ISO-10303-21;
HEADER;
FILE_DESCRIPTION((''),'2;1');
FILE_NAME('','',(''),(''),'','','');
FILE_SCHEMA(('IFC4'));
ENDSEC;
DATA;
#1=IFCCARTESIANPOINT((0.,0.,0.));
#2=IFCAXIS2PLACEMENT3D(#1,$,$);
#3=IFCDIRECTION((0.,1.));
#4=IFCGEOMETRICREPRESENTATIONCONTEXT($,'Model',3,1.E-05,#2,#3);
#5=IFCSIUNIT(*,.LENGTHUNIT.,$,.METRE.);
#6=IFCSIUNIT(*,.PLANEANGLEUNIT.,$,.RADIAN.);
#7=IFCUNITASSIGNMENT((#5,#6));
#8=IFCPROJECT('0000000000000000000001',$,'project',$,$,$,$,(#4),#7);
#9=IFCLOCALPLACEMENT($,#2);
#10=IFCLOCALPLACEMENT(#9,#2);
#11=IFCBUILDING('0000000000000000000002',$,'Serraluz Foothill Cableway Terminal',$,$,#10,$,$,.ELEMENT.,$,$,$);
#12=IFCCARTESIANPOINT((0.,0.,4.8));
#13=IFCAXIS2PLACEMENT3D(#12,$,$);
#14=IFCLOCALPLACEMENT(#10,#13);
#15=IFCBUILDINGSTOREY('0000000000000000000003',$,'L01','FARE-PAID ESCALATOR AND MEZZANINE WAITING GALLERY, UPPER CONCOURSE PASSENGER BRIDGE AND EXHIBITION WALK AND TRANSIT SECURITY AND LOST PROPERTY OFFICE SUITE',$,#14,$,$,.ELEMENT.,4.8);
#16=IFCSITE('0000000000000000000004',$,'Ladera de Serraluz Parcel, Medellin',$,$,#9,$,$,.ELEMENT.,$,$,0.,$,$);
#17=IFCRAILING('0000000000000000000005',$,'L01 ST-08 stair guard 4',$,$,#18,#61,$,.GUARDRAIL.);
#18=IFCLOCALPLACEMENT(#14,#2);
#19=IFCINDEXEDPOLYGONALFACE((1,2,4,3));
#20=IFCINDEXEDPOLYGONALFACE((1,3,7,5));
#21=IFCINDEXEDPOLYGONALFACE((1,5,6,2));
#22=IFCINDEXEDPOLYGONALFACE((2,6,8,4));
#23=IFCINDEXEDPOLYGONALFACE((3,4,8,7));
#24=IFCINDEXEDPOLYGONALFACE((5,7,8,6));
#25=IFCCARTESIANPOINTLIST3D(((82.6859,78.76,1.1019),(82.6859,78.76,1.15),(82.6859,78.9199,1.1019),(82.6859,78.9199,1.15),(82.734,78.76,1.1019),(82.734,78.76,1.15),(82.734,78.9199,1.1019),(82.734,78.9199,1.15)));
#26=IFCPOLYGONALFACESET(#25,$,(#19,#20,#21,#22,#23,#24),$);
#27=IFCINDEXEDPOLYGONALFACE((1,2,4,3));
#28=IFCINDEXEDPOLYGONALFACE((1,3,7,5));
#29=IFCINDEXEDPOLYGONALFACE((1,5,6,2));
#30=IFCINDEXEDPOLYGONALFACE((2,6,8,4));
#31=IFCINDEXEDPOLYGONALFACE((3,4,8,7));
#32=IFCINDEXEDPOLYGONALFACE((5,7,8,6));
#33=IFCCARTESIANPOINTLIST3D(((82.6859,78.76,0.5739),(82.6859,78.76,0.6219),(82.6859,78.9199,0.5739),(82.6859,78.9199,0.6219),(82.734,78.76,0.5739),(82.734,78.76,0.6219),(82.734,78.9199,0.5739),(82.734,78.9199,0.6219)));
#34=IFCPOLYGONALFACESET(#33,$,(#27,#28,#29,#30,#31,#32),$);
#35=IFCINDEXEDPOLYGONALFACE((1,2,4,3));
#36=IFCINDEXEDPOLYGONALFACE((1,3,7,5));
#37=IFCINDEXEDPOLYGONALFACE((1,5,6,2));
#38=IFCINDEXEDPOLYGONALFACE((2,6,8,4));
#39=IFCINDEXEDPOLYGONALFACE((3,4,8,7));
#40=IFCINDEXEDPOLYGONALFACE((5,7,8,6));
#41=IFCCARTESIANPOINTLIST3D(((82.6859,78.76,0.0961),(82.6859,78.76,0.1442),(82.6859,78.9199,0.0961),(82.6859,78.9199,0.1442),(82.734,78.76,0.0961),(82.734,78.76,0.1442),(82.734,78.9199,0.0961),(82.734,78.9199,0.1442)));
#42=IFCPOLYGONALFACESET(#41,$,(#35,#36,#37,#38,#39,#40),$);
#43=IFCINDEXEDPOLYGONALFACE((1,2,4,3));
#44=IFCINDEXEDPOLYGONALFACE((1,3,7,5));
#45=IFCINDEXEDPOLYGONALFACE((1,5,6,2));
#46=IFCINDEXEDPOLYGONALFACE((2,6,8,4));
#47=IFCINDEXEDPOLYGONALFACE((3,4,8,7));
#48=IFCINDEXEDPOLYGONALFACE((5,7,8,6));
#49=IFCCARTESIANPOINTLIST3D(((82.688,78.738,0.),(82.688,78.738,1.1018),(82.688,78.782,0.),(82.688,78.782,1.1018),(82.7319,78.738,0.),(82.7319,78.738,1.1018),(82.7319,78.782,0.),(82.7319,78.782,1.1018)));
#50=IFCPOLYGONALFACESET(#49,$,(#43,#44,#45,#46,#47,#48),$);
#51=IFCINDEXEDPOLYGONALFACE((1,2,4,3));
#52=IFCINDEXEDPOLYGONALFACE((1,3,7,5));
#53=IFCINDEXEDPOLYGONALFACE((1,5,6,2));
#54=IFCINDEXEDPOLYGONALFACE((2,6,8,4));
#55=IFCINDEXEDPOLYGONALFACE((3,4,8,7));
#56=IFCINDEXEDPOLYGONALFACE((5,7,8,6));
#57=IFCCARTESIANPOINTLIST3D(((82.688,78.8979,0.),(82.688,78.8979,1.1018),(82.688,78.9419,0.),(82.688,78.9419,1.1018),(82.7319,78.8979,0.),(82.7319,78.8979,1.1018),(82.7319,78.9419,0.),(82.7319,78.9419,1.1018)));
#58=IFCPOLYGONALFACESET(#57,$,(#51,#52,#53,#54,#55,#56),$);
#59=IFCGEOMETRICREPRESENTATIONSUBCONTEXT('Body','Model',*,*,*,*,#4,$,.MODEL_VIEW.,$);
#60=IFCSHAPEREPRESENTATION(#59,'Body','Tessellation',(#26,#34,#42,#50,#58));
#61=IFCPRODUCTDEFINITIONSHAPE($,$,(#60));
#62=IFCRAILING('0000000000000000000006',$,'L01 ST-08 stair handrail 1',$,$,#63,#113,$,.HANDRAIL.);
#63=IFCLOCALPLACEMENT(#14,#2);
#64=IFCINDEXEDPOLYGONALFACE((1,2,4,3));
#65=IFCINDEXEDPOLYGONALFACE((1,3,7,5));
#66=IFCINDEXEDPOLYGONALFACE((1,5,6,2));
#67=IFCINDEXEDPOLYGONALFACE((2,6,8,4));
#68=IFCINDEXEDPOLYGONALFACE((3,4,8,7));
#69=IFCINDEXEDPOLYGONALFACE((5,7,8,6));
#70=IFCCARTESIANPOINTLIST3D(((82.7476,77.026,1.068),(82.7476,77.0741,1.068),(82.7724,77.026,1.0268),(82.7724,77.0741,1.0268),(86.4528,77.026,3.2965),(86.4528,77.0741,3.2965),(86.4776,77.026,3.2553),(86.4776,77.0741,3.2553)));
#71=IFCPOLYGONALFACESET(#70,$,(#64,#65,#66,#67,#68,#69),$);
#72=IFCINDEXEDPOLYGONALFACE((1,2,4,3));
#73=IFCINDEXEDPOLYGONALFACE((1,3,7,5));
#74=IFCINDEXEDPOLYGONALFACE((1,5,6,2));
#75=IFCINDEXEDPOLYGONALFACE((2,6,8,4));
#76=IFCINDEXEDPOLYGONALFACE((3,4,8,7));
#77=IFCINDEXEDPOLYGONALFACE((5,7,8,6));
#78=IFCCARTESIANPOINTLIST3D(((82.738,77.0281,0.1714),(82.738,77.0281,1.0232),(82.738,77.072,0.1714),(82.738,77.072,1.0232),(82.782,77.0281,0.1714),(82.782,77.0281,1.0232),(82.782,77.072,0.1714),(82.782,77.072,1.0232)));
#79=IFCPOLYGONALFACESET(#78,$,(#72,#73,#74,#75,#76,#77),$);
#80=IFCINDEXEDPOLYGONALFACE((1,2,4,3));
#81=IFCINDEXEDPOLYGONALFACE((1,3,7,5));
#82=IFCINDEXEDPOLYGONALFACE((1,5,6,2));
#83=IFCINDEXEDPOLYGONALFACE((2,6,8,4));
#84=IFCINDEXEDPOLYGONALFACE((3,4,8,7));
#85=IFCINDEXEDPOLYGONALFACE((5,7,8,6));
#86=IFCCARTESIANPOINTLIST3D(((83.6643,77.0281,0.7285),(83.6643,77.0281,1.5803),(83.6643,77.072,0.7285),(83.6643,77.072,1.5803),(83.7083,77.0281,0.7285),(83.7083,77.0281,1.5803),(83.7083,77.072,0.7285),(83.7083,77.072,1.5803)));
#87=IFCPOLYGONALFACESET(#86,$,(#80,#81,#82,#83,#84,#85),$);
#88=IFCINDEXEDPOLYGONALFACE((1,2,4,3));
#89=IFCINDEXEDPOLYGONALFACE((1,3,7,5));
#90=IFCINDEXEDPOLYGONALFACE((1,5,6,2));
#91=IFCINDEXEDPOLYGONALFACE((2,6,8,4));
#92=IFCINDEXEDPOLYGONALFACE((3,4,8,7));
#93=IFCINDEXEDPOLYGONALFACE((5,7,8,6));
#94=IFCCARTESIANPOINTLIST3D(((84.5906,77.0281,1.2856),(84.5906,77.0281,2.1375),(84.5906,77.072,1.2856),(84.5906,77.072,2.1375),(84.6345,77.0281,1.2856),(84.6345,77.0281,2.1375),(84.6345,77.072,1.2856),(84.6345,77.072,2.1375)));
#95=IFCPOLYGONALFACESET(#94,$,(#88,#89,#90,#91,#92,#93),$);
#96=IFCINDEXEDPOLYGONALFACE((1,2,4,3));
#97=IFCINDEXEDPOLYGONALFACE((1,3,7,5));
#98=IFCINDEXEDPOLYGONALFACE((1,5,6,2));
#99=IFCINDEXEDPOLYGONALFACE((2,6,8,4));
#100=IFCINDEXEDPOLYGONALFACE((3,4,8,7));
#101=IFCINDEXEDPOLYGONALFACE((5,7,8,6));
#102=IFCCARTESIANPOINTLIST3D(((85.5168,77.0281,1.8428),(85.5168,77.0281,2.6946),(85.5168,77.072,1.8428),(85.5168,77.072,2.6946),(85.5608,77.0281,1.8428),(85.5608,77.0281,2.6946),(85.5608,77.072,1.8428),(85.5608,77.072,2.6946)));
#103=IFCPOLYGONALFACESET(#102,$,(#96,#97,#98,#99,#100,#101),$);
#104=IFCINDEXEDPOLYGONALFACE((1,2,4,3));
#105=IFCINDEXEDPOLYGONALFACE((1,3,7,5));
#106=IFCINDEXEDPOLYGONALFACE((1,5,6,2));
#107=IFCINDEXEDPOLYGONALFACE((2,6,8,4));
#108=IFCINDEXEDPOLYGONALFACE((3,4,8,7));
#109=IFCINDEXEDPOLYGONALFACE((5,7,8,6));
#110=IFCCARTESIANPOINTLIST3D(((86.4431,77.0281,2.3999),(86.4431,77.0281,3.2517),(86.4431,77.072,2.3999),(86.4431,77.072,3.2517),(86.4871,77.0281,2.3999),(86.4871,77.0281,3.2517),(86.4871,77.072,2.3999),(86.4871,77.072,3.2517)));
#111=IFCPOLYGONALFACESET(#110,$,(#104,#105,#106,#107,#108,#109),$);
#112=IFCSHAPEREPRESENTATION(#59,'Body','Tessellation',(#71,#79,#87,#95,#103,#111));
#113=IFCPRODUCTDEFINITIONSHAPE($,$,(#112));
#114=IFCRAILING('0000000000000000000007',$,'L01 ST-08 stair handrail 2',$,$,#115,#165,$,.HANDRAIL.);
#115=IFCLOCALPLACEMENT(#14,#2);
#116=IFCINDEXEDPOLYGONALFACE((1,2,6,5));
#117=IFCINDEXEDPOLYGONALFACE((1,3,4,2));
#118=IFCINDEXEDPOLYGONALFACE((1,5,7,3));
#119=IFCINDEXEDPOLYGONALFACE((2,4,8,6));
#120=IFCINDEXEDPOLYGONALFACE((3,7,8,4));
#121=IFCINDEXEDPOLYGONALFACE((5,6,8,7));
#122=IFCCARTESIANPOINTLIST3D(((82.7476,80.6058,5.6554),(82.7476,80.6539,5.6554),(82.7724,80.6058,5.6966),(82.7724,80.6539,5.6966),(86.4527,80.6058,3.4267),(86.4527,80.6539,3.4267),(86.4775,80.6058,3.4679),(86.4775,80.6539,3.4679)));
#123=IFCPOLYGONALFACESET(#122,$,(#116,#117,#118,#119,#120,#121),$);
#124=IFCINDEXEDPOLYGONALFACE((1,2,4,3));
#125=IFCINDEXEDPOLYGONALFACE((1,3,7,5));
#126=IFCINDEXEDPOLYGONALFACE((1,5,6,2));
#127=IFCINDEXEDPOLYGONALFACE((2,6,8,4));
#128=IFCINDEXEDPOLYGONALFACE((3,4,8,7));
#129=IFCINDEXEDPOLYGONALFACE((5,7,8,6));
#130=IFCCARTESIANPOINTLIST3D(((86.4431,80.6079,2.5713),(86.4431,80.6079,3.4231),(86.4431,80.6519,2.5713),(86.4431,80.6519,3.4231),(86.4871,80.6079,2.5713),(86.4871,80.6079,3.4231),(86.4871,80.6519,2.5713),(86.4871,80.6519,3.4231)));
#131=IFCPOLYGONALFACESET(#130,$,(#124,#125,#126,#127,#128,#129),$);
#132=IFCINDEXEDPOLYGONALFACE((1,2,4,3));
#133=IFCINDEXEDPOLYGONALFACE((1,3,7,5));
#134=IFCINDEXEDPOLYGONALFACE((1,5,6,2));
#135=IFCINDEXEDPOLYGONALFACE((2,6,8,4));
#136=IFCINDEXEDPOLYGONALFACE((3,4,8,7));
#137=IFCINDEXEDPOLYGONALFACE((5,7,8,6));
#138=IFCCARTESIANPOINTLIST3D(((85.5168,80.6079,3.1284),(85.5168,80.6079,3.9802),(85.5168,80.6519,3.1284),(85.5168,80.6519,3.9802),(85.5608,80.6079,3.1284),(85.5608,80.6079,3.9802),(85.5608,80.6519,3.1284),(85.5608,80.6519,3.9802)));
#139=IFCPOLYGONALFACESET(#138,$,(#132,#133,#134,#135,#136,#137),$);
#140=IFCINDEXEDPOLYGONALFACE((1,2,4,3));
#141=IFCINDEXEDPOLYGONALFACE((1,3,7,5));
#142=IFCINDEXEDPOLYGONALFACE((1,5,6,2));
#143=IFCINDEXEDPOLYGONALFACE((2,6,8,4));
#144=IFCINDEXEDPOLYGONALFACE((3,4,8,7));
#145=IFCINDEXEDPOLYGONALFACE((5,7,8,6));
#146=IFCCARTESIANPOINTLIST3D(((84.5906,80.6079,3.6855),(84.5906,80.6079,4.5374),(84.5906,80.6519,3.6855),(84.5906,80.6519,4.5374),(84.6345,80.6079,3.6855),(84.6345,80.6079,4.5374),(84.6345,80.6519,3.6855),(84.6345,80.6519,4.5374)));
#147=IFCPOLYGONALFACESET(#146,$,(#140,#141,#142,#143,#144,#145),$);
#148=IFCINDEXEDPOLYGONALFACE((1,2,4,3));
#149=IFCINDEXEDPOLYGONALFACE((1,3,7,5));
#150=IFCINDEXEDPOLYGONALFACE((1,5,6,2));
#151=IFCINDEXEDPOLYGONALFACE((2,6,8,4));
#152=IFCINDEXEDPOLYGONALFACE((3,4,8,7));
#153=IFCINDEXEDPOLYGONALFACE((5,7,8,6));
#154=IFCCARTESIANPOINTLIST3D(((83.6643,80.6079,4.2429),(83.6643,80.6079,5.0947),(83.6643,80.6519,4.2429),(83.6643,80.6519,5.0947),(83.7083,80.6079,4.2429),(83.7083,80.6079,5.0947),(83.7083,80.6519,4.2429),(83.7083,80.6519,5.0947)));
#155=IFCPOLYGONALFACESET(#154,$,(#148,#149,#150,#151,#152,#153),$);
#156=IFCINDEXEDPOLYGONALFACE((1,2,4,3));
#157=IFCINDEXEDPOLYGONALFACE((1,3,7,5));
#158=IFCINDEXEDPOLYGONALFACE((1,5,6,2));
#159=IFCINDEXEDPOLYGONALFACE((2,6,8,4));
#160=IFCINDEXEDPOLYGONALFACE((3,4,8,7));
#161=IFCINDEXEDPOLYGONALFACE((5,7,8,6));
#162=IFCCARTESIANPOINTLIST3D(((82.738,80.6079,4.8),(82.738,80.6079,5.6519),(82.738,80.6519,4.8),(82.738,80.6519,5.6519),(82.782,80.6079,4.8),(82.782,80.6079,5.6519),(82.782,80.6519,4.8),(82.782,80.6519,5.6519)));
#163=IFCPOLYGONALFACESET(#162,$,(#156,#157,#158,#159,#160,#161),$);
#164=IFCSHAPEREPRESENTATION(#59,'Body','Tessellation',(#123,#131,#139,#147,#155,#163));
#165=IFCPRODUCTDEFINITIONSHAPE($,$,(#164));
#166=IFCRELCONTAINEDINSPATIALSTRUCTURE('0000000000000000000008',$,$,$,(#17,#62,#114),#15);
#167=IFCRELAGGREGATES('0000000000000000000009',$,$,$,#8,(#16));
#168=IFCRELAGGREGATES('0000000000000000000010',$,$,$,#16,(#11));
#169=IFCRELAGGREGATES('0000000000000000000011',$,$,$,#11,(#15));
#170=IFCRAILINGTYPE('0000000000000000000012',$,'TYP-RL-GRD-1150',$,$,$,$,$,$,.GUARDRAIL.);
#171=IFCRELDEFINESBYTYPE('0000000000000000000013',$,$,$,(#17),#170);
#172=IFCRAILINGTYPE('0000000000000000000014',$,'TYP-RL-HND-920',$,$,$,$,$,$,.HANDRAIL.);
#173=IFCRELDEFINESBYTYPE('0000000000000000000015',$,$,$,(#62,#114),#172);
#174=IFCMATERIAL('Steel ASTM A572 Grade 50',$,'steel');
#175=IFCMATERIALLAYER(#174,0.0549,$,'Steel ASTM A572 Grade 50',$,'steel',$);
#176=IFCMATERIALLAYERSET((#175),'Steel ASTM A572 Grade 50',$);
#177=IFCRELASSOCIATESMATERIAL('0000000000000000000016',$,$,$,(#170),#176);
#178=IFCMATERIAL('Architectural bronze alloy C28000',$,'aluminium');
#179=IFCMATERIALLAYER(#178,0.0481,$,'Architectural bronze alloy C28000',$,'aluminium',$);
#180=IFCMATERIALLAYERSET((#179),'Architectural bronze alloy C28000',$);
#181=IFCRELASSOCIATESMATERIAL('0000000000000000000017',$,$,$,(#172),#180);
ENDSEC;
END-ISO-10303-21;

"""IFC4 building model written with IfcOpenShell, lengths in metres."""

from ifc_helpers import new_model, si_unit, direction, frame, origin, origin_2d, place, context, subcontext, project, spatial, rectangle, extrude, material, layer, layer_set, type_object, element, save


model = new_model("IFC4")

# Units and contexts
model_context = context("Model", 3, precision=1e-05, world=origin(), true_north=direction((0.0, 1.0)))
body_context = subcontext(model_context, "Body", "Model", "MODEL_VIEW")
ifc_project = project(units=[si_unit("LENGTHUNIT", "METRE"), si_unit("PLANEANGLEUNIT", "RADIAN")], contexts=[model_context])

# Site, building, storey
site_placement = place(None, origin())
site = spatial("IfcSite", under=ifc_project, at=site_placement, Name="Ladera de Serraluz Parcel, Medellin", CompositionType="ELEMENT", RefElevation=0.0)
building_placement = place(site_placement, origin())
building = spatial("IfcBuilding", under=site, at=building_placement, Name="Serraluz Foothill Cableway Terminal", CompositionType="ELEMENT")
storey_placement = place(building_placement, frame((0.0, 0.0, 4.8)))
storey = spatial("IfcBuildingStorey", under=building, at=storey_placement, Name="L01", Description="FARE-PAID ESCALATOR AND MEZZANINE WAITING GALLERY, UPPER CONCOURSE PASSENGER BRIDGE AND EXHIBITION WALK AND TRANSIT SECURITY AND LOST PROPERTY OFFICE SUITE", CompositionType="ELEMENT", Elevation=4.8)

# Shared definitions
ifc_material_1 = material(Name="Architectural bronze alloy C28000", Category="aluminium")

# Railings
ifc_material_2 = material(Name="Steel ASTM A572 Grade 50", Category="steel")
ifc_layer_1 = layer(ifc_material_2, 0.0549, Name="Steel ASTM A572 Grade 50", Category="steel")
ifc_layer_set_1 = layer_set([ifc_layer_1], Name="Steel ASTM A572 Grade 50")
railing_type_1 = type_object("IfcRailingType", Name="TYP-RL-GRD-1150", PredefinedType="GUARDRAIL", material=ifc_layer_set_1)
railing_1_placement = place(storey_placement, frame((82.71, 78.76, 0.0)))
element("IfcRailing", 1, at=railing_1_placement, inside=storey, type_object=railing_type_1, Name="L01 ST-08 stair guard 4", PredefinedType="GUARDRAIL", context=body_context, shape_type="SweptSolid", body=[
    extrude(rectangle(XDim=0.0481, YDim=0.0481, at=origin_2d()), frame((0.0, 0.0, 1.126), z_axis=(0.0, 1.0, 0.0), x_axis=(-1.0, 0.0, 0.0)), (0.0, 0.0, 1.0), 0.1599),
    extrude(rectangle(XDim=0.0481, YDim=0.0481, at=origin_2d()), frame((0.0, 0.0, 0.5979), z_axis=(0.0, 1.0, 0.0), x_axis=(-1.0, 0.0, 0.0)), (0.0, 0.0, 1.0), 0.1599),
    extrude(rectangle(XDim=0.0481, YDim=0.0481, at=origin_2d()), frame((0.0, 0.0, 0.1201), z_axis=(0.0, 1.0, 0.0), x_axis=(-1.0, 0.0, 0.0)), (0.0, 0.0, 1.0), 0.1599),
    extrude(rectangle(XDim=0.0439, YDim=0.0439, at=origin_2d()), origin(), (0.0, 0.0, 1.0), 1.1018),
    extrude(rectangle(XDim=0.0439, YDim=0.0439, at=origin_2d()), frame((0.0, 0.1599, 0.0)), (0.0, 0.0, 1.0), 1.1018),
])
ifc_layer_2 = layer(ifc_material_1, 0.0481, Name="Architectural bronze alloy C28000", Category="aluminium")
ifc_layer_set_2 = layer_set([ifc_layer_2], Name="Architectural bronze alloy C28000")
railing_type_2 = type_object("IfcRailingType", Name="TYP-RL-HND-920", PredefinedType="HANDRAIL", material=ifc_layer_set_2)
railing_2_placement = place(storey_placement, frame((82.76, 77.05, 0.1714)))
element("IfcRailing", 2, at=railing_2_placement, inside=storey, type_object=railing_type_2, Name="L01 ST-08 stair handrail 1", PredefinedType="HANDRAIL", context=body_context, shape_type="SweptSolid", body=[
    extrude(rectangle(XDim=0.0481, YDim=0.0481, at=origin_2d()), frame((0.0, 0.0, 0.876), z_axis=(0.856934, 0.0, 0.515425), x_axis=(0.0, 1.0, 0.0)), (0.0, 0.0, 1.0), 4.3237),
    extrude(rectangle(XDim=0.0439, YDim=0.0439, at=origin_2d()), origin(), (0.0, 0.0, 1.0), 0.8518),
    extrude(rectangle(XDim=0.0439, YDim=0.0439, at=origin_2d()), frame((0.9263, 0.0, 0.5571)), (0.0, 0.0, 1.0), 0.8518),
    extrude(rectangle(XDim=0.0439, YDim=0.0439, at=origin_2d()), frame((1.8525, 0.0, 1.1143)), (0.0, 0.0, 1.0), 0.8518),
    extrude(rectangle(XDim=0.0439, YDim=0.0439, at=origin_2d()), frame((2.7788, 0.0, 1.6714)), (0.0, 0.0, 1.0), 0.8518),
    extrude(rectangle(XDim=0.0439, YDim=0.0439, at=origin_2d()), frame((3.7051, 0.0, 2.2285)), (0.0, 0.0, 1.0), 0.8518),
])
railing_3_placement = place(storey_placement, frame((86.4651, 80.6299, 2.5713)))
element("IfcRailing", 3, at=railing_3_placement, inside=storey, type_object=railing_type_2, Name="L01 ST-08 stair handrail 2", PredefinedType="HANDRAIL", context=body_context, shape_type="SweptSolid", body=[
    extrude(rectangle(XDim=0.0481, YDim=0.0481, at=origin_2d()), frame((0.0, 0.0, 0.876), z_axis=(-0.856909, 0.0, 0.515467), x_axis=(0.0, -1.0, 0.0)), (0.0, 0.0, 1.0), 4.3237),
    extrude(rectangle(XDim=0.0439, YDim=0.0439, at=origin_2d()), origin(), (0.0, 0.0, 1.0), 0.8518),
    extrude(rectangle(XDim=0.0439, YDim=0.0439, at=origin_2d()), frame((-0.9263, 0.0, 0.5571)), (0.0, 0.0, 1.0), 0.8518),
    extrude(rectangle(XDim=0.0439, YDim=0.0439, at=origin_2d()), frame((-1.8525, 0.0, 1.1143)), (0.0, 0.0, 1.0), 0.8518),
    extrude(rectangle(XDim=0.0439, YDim=0.0439, at=origin_2d()), frame((-2.7788, 0.0, 1.6716)), (0.0, 0.0, 1.0), 0.8518),
    extrude(rectangle(XDim=0.0439, YDim=0.0439, at=origin_2d()), frame((-3.7051, 0.0, 2.2288)), (0.0, 0.0, 1.0), 0.8518),
])

save(model, "model.ifc")
